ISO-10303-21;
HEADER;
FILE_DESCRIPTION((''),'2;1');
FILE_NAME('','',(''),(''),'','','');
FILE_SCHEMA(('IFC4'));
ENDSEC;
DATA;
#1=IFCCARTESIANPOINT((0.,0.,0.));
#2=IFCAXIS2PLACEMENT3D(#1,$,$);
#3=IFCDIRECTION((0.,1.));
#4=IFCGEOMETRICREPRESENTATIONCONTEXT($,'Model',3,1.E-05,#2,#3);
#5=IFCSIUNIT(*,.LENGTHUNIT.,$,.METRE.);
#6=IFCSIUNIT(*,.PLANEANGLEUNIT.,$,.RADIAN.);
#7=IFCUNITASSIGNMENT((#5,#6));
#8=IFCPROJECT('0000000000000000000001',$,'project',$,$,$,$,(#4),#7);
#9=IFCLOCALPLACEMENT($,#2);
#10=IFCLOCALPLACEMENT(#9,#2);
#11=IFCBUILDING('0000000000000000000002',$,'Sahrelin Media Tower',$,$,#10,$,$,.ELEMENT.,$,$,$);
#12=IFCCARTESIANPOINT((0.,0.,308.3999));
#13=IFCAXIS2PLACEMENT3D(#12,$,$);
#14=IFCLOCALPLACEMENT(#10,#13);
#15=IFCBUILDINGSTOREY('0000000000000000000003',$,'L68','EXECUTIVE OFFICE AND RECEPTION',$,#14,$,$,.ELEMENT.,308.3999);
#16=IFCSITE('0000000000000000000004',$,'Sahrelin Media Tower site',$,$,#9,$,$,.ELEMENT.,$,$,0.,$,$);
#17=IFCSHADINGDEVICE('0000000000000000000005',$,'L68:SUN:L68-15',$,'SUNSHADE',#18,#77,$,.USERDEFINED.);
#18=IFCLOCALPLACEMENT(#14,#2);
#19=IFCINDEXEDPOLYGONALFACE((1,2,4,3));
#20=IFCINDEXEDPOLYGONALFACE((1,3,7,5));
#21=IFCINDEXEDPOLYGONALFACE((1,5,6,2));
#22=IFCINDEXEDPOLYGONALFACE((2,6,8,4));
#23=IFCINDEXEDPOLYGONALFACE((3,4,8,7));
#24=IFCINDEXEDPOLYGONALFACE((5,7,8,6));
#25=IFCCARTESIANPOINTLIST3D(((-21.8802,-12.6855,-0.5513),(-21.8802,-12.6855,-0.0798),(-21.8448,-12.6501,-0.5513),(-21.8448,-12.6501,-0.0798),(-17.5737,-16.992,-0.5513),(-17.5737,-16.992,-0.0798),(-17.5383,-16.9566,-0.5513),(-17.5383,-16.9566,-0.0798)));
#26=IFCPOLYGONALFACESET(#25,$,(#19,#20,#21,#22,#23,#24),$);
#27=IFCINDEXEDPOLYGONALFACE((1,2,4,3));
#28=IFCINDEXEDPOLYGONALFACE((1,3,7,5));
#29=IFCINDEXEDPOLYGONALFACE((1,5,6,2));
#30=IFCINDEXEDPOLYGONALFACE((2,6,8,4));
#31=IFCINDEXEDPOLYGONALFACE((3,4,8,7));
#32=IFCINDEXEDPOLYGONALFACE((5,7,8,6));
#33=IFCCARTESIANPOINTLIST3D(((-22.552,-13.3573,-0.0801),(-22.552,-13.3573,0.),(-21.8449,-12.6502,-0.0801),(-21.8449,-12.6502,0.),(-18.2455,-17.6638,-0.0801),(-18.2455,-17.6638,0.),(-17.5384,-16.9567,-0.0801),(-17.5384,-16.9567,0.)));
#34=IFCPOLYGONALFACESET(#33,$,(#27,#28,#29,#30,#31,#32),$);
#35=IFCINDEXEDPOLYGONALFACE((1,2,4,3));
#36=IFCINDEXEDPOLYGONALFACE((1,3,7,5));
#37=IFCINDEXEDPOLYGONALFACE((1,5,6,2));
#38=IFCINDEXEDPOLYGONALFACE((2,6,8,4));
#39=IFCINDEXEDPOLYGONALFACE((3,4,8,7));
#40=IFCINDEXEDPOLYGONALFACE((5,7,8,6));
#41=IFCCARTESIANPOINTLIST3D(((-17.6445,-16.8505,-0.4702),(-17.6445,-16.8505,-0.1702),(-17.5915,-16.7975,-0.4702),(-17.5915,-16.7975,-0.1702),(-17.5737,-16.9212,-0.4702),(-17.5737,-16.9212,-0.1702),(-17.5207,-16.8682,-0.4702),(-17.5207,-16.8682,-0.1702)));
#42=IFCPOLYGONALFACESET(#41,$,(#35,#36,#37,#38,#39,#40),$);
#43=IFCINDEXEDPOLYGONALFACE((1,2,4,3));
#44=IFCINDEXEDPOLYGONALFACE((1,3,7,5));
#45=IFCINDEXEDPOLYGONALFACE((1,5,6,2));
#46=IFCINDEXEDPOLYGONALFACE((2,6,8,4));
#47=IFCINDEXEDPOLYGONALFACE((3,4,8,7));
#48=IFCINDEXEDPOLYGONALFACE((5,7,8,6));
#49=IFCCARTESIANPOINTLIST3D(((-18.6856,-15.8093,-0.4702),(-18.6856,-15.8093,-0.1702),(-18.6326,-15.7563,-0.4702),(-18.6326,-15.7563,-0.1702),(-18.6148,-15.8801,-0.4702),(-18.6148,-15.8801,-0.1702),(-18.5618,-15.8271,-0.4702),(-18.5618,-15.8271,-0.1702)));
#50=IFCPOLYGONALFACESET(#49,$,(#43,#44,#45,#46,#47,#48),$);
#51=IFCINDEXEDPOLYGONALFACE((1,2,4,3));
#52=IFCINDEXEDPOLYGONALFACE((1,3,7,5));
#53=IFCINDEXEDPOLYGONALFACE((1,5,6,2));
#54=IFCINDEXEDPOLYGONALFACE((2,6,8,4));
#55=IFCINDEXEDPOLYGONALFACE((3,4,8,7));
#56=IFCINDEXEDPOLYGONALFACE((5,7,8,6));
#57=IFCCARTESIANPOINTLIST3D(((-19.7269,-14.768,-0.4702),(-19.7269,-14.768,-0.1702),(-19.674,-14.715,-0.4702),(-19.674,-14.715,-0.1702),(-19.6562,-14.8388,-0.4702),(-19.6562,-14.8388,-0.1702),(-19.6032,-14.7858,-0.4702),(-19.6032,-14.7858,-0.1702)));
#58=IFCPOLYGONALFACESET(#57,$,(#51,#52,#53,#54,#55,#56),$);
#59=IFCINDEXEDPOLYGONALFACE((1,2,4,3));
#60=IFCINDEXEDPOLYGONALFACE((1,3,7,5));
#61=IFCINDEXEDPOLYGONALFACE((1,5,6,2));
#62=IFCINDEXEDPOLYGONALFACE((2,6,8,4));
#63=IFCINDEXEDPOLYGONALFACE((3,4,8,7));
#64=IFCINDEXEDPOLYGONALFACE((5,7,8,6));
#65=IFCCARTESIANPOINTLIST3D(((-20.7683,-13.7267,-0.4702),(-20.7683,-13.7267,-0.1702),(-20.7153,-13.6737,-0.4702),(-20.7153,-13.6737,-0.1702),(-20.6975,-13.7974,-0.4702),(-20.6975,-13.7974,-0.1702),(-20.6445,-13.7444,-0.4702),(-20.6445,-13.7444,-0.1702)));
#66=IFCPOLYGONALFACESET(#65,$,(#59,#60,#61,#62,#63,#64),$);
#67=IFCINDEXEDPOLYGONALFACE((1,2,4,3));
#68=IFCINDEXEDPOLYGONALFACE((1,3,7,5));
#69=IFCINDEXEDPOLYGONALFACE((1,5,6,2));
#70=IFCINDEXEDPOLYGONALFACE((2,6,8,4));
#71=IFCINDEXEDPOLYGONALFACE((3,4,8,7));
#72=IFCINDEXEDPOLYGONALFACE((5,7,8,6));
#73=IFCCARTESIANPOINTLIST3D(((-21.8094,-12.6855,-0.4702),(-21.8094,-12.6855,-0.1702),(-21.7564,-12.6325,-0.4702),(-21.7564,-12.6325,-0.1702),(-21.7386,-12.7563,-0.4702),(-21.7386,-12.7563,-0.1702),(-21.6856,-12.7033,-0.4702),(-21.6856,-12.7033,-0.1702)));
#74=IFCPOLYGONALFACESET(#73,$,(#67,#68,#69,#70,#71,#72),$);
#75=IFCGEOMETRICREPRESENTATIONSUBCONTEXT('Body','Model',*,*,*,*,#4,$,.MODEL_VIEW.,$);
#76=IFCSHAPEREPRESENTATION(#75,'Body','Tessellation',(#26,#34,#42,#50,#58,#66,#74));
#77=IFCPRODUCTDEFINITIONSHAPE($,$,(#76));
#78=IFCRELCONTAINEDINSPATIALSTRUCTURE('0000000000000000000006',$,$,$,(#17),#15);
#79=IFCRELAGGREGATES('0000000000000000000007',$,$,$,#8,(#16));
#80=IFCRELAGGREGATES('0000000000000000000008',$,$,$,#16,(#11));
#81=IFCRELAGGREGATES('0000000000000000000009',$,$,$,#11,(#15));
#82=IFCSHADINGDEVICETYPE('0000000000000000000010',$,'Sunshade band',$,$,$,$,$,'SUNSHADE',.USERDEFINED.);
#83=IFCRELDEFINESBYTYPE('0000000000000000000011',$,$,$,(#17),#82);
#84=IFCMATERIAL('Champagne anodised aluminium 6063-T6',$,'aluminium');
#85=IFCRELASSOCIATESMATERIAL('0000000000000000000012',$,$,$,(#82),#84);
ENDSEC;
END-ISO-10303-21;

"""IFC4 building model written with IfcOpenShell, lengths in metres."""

from ifc_helpers import new_model, si_unit, direction, frame, origin, origin_2d, place, context, subcontext, project, spatial, rectangle, extrude, material, type_object, element, save


model = new_model("IFC4")

# Units and contexts
model_context = context("Model", 3, precision=1e-05, world=origin(), true_north=direction((0.0, 1.0)))
body_context = subcontext(model_context, "Body", "Model", "MODEL_VIEW")
ifc_project = project(units=[si_unit("LENGTHUNIT", "METRE"), si_unit("PLANEANGLEUNIT", "RADIAN")], contexts=[model_context])

# Site, building, storey
site_placement = place(None, origin())
site = spatial("IfcSite", under=ifc_project, at=site_placement, Name="Sahrelin Media Tower site", CompositionType="ELEMENT", RefElevation=0.0)
building_placement = place(site_placement, origin())
building = spatial("IfcBuilding", under=site, at=building_placement, Name="Sahrelin Media Tower", CompositionType="ELEMENT")
storey_placement = place(building_placement, frame((0.0, 0.0, 308.3999)))
storey = spatial("IfcBuildingStorey", under=building, at=storey_placement, Name="L68", Description="EXECUTIVE OFFICE AND RECEPTION", CompositionType="ELEMENT", Elevation=308.3999)

# Shared definitions
ifc_material_1 = material(Name="Champagne anodised aluminium 6063-T6", Category="aluminium")

# Shading device
placement_1 = place(storey_placement, frame((-19.6775, -14.7893, 0.0), z_axis=(0.0, 0.0, 1.0), x_axis=(-0.707107, 0.707107, 0.0)))
shading_device_type_1 = type_object("IfcShadingDeviceType", Name="Sunshade band", ElementType="SUNSHADE", PredefinedType="USERDEFINED", material=ifc_material_1)
element("IfcShadingDevice", 1, at=placement_1, inside=storey, type_object=shading_device_type_1, Name="L68:SUN:L68-15", ObjectType="SUNSHADE", PredefinedType="USERDEFINED", context=body_context, shape_type="SweptSolid", body=[
    extrude(rectangle(XDim=6.0903, YDim=0.05, at=origin_2d()), frame((0.0, 0.0449, -0.5513)), (0.0, 0.0, 1.0), 0.4714),
    extrude(rectangle(XDim=6.0903, YDim=1.0, at=origin_2d()), frame((0.0, 0.52, -0.0801)), (0.0, 0.0, 1.0), 0.0801),
    extrude(rectangle(XDim=0.1001, YDim=0.075, at=origin_2d()), frame((-2.9451, -0.0176, -0.4702)), (0.0, 0.0, 1.0), 0.3),
    extrude(rectangle(XDim=0.1001, YDim=0.075, at=origin_2d()), frame((-1.4727, -0.0176, -0.4702)), (0.0, 0.0, 1.0), 0.3),
    extrude(rectangle(XDim=0.1001, YDim=0.075, at=origin_2d()), frame((0.0, -0.0176, -0.4702)), (0.0, 0.0, 1.0), 0.3),
    extrude(rectangle(XDim=0.1001, YDim=0.075, at=origin_2d()), frame((1.4727, -0.0176, -0.4702)), (0.0, 0.0, 1.0), 0.3),
    extrude(rectangle(XDim=0.1001, YDim=0.075, at=origin_2d()), frame((2.9451, -0.0176, -0.4702)), (0.0, 0.0, 1.0), 0.3),
])

save(model, "model.ifc")
